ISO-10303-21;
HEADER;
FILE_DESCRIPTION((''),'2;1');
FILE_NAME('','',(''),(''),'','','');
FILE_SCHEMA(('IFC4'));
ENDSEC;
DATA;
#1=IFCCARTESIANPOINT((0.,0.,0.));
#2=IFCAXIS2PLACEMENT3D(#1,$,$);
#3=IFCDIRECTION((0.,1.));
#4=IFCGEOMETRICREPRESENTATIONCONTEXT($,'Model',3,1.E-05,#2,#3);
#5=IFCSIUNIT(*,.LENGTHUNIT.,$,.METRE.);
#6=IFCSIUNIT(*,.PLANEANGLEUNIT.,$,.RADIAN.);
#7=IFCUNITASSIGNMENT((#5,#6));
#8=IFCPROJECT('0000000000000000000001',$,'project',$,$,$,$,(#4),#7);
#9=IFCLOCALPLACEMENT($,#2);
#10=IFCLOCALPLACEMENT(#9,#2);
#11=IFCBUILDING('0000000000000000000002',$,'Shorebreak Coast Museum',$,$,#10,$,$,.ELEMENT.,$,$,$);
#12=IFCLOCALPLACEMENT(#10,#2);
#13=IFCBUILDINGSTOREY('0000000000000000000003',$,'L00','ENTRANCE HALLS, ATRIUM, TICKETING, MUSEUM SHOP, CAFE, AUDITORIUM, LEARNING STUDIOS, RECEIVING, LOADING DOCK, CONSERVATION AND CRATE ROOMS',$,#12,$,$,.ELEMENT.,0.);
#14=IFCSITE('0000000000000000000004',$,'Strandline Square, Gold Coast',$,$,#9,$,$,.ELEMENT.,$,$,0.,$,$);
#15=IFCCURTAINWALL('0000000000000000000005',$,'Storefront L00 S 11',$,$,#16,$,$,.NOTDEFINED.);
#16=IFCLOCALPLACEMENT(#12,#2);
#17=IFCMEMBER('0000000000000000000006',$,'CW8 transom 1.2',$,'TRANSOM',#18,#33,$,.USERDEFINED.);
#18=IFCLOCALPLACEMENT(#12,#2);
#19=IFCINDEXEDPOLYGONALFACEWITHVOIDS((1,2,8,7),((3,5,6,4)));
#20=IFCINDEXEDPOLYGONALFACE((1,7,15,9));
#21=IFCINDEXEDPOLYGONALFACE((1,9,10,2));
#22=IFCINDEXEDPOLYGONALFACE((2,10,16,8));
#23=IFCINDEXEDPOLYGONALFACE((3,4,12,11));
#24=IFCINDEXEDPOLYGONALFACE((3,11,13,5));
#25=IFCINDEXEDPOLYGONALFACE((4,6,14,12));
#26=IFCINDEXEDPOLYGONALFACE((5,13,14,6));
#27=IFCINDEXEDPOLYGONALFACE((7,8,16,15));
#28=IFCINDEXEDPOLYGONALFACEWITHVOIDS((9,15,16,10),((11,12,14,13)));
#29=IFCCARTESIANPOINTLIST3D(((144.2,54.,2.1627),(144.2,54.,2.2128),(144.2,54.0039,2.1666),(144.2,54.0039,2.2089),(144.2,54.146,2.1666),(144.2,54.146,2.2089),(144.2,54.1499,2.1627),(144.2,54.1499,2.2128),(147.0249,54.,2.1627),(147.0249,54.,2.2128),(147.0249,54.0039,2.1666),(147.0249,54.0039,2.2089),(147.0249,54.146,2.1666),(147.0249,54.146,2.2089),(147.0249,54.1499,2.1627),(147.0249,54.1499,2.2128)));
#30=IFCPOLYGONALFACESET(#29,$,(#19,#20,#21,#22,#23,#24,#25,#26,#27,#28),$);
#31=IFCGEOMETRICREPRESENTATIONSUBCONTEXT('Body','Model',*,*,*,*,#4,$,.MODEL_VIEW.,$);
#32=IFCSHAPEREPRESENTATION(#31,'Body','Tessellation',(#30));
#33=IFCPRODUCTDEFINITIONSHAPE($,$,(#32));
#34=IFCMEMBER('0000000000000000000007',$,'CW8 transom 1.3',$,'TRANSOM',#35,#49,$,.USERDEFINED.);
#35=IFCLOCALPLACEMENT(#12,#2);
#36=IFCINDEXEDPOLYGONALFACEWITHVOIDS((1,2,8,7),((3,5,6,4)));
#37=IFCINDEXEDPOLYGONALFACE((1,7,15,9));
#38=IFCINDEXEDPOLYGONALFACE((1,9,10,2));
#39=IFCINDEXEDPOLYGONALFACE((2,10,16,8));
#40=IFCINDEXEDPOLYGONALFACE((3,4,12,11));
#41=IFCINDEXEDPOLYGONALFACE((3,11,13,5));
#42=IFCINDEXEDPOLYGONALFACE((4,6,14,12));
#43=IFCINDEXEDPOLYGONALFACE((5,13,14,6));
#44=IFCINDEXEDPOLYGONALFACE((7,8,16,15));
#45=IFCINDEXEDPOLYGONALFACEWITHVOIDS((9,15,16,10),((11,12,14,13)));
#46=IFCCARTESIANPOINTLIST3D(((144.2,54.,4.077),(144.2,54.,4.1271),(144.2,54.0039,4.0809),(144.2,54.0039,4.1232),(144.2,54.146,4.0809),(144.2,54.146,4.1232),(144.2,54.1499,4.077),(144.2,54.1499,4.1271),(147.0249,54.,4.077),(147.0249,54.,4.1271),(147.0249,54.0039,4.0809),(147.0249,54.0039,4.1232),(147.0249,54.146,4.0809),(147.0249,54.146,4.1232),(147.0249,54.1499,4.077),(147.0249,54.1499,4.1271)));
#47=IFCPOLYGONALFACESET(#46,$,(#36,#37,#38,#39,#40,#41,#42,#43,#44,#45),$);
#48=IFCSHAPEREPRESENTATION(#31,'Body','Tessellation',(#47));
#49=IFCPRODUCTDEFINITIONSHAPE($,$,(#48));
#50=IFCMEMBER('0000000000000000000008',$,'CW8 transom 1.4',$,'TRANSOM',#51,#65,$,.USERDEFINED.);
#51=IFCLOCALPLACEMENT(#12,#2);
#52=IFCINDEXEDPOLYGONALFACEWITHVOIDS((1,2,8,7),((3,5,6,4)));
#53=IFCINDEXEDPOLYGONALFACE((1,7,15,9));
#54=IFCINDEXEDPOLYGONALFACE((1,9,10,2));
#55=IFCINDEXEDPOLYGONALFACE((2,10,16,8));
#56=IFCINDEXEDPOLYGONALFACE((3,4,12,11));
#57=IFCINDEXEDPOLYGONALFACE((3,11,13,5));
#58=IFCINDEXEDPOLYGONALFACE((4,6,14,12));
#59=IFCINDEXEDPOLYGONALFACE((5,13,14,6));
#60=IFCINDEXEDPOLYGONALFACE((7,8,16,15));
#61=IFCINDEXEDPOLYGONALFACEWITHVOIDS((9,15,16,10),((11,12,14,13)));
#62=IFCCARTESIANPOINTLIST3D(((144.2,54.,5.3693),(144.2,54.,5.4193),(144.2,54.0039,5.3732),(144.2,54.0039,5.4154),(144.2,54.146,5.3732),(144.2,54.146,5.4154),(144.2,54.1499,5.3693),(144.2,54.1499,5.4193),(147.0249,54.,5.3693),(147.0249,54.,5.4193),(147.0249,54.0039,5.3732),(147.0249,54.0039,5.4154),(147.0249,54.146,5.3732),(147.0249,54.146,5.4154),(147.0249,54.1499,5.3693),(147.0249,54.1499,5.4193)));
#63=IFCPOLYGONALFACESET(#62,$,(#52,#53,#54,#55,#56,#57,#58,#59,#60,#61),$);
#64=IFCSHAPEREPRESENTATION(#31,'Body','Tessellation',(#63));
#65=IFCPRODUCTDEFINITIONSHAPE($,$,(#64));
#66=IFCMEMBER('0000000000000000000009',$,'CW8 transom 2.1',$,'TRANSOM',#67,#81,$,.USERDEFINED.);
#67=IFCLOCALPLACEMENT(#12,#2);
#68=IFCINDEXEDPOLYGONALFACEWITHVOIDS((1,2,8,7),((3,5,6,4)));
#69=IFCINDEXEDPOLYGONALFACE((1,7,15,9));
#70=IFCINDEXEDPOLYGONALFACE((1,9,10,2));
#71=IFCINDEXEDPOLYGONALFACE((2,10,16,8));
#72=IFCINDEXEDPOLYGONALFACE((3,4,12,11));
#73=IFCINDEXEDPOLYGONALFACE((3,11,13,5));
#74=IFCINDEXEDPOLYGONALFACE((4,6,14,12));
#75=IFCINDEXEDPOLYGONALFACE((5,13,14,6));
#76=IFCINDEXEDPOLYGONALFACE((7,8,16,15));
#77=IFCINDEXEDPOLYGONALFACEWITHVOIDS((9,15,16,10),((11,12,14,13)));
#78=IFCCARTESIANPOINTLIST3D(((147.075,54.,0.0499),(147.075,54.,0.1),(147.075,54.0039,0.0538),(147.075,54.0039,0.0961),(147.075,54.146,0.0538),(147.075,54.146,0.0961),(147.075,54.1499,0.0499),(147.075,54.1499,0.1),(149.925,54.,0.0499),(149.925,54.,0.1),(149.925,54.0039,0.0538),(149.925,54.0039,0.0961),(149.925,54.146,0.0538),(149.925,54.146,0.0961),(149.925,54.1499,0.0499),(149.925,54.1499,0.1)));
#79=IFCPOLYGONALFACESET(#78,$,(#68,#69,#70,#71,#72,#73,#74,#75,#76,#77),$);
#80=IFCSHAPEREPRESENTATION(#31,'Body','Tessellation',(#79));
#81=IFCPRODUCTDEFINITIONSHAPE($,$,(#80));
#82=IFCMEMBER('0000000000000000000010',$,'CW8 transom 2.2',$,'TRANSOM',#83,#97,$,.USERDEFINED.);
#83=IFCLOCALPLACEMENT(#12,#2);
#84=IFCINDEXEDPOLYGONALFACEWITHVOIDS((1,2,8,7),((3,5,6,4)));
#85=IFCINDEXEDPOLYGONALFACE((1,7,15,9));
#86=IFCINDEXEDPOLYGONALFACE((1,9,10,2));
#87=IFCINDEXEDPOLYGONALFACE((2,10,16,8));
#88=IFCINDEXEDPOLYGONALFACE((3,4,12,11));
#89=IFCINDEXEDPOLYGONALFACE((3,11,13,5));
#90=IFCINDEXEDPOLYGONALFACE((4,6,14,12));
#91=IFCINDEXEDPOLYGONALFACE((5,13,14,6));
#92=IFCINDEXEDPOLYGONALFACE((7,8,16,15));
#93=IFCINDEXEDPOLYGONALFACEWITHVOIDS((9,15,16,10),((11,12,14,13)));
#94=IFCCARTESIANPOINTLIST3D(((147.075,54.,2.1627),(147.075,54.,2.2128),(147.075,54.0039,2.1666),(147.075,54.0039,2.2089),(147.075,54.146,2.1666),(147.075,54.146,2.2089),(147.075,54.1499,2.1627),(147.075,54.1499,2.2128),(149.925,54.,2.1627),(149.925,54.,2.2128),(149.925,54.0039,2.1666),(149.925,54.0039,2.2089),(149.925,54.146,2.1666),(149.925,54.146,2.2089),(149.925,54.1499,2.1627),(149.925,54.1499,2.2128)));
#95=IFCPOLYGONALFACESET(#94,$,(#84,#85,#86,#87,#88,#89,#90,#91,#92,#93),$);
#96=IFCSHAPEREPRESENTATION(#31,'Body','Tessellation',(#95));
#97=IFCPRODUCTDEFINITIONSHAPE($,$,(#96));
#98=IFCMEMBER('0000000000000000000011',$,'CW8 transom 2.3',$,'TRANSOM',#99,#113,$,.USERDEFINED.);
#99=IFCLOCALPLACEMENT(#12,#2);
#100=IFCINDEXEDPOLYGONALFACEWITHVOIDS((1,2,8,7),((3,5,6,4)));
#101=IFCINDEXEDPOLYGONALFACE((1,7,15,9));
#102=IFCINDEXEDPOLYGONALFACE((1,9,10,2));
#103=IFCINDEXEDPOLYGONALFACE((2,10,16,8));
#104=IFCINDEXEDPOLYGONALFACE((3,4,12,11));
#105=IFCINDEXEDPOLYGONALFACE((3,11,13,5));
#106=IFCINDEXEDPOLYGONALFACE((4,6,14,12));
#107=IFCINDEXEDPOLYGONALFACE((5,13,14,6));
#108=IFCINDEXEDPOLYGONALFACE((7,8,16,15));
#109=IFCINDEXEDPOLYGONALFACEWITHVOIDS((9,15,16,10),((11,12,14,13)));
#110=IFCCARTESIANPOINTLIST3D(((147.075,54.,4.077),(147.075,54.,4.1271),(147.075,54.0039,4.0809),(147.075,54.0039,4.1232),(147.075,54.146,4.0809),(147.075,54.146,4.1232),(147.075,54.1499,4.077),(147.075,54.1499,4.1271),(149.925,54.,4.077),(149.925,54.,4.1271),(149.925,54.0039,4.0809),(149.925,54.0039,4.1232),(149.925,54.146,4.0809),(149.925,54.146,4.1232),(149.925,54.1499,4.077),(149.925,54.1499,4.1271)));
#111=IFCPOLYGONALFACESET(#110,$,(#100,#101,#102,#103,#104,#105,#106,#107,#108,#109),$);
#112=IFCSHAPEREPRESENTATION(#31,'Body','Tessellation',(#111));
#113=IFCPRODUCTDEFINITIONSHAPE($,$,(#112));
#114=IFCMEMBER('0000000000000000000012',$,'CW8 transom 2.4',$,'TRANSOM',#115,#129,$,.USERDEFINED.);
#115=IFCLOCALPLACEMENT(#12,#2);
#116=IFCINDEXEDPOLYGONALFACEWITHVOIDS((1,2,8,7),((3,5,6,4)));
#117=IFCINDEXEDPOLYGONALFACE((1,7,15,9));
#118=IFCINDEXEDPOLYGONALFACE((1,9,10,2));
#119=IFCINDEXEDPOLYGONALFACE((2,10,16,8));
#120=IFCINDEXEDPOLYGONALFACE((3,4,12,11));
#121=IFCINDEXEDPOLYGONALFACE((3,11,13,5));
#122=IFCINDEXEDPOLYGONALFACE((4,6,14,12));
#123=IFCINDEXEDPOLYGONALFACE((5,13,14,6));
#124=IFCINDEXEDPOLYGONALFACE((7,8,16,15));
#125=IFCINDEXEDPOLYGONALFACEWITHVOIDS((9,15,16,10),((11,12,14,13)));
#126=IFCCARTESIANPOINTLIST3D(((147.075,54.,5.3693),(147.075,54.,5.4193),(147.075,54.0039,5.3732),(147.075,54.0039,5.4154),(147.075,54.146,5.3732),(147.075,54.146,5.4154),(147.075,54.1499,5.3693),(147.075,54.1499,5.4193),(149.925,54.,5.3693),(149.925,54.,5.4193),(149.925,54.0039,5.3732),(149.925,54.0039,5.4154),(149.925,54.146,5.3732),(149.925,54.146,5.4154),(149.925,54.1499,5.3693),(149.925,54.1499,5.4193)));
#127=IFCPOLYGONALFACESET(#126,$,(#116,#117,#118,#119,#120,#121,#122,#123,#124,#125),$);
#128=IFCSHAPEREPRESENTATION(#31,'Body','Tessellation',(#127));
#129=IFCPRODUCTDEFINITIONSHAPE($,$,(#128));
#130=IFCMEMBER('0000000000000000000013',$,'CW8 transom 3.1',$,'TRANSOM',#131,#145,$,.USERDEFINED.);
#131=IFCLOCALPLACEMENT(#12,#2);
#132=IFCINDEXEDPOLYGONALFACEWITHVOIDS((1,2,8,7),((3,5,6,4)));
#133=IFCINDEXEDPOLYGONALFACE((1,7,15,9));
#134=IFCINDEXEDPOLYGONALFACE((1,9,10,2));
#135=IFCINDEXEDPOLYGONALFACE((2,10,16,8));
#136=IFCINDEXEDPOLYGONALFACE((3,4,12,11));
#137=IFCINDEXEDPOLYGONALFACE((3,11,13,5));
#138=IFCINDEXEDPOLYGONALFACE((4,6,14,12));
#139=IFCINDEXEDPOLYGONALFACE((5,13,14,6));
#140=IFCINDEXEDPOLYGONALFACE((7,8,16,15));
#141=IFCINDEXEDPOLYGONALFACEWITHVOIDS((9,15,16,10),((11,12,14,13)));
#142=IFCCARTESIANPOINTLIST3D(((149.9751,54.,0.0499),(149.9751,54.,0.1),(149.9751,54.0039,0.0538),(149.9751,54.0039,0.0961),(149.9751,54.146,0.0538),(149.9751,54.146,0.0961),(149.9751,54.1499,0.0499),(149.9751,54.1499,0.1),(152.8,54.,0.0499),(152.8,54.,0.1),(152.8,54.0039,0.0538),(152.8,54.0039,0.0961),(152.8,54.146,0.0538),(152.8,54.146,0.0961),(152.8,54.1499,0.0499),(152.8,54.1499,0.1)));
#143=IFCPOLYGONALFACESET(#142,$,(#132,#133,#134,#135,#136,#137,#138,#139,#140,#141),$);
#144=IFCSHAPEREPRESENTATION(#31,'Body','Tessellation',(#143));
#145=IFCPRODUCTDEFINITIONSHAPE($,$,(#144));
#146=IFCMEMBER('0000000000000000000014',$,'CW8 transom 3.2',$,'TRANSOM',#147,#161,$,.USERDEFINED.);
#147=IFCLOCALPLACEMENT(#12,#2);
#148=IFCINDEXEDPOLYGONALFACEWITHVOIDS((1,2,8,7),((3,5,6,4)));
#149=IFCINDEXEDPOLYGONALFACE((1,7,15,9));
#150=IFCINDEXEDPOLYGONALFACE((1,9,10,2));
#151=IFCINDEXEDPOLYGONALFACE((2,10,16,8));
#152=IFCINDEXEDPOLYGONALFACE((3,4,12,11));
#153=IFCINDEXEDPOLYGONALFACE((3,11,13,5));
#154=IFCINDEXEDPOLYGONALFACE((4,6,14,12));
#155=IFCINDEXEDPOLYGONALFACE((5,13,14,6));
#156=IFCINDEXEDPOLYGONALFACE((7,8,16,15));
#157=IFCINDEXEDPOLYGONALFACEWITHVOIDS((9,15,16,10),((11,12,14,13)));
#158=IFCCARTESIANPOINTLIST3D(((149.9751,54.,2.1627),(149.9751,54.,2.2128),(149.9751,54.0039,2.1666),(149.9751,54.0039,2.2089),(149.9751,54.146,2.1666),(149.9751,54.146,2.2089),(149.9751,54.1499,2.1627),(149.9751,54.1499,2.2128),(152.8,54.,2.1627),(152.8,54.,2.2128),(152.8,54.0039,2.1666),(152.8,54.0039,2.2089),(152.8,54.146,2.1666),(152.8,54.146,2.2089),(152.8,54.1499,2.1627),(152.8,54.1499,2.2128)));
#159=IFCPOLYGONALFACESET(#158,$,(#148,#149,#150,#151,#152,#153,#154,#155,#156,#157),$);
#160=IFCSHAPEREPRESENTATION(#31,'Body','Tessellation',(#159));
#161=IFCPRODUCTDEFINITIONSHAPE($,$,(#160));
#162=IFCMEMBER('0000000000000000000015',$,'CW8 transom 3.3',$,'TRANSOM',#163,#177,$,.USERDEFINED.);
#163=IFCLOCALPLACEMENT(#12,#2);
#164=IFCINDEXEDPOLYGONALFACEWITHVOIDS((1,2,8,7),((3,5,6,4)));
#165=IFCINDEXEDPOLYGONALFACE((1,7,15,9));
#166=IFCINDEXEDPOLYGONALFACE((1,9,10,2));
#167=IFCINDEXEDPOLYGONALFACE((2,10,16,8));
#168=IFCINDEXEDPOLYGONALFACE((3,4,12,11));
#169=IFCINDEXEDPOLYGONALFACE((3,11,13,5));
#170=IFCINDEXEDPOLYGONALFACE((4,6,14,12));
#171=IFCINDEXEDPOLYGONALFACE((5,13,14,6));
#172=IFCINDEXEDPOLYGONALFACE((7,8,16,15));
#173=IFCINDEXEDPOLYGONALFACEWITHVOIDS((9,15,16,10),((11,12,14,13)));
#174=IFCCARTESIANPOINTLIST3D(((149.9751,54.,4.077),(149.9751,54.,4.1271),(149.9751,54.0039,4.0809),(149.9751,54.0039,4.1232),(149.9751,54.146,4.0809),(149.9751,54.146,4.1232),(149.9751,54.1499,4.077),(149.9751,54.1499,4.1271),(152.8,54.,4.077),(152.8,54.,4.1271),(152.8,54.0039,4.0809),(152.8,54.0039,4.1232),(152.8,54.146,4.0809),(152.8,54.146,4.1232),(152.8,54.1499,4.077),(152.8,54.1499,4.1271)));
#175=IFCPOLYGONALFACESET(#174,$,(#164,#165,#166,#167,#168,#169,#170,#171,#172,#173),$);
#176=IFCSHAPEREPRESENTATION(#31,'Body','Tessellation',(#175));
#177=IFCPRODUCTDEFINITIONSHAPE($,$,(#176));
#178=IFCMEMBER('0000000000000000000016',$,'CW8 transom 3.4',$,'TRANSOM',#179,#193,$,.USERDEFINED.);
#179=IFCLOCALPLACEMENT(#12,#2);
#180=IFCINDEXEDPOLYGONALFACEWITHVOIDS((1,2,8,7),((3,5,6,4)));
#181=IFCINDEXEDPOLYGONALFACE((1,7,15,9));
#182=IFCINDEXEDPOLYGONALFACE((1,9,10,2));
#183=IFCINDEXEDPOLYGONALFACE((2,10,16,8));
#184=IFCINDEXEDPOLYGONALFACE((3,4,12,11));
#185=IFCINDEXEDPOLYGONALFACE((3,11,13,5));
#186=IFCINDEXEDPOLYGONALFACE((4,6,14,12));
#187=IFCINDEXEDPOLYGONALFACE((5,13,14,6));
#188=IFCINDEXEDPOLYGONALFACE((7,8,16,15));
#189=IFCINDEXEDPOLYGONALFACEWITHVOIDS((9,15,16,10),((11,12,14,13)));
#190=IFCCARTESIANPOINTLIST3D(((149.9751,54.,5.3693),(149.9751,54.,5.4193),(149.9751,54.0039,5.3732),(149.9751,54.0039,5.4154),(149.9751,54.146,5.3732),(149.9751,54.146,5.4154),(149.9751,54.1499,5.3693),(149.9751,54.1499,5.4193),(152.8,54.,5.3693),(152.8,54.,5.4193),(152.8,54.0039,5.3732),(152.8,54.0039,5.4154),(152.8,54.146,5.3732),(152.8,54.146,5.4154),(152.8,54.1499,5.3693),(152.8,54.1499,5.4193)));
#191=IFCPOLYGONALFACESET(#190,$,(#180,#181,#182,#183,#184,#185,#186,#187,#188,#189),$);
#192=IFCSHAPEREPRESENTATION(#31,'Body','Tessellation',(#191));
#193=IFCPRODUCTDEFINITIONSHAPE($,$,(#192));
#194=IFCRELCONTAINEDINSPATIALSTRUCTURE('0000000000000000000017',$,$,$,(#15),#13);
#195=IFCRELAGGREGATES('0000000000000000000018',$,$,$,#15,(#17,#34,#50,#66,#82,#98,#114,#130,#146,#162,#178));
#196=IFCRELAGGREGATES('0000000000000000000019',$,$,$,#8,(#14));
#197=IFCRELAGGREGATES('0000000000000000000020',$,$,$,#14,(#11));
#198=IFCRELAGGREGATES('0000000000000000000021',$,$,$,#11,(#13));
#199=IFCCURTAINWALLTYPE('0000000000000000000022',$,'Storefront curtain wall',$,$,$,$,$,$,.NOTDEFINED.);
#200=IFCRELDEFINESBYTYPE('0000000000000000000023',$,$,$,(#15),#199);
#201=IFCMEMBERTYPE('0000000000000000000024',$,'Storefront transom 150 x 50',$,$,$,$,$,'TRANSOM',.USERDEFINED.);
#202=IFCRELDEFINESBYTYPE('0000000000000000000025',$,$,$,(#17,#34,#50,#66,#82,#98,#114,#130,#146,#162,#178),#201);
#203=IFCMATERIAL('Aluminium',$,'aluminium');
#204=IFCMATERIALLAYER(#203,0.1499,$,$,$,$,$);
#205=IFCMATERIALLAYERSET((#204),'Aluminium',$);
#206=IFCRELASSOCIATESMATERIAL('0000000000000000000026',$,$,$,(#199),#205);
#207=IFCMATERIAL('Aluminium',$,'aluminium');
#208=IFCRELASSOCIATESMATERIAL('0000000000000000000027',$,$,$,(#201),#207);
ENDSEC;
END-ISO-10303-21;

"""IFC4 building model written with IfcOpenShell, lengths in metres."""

from ifc_helpers import new_model, si_unit, direction, frame, origin, origin_2d, place, context, subcontext, project, spatial, hollow_rectangle, extrude, material, layer, layer_set, material_profile, profile_set, type_object, element, aggregate, save


model = new_model("IFC4")

# Units and contexts
model_context = context("Model", 3, precision=1e-05, world=origin(), true_north=direction((0.0, 1.0)))
body_context = subcontext(model_context, "Body", "Model", "MODEL_VIEW")
ifc_project = project(units=[si_unit("LENGTHUNIT", "METRE"), si_unit("PLANEANGLEUNIT", "RADIAN")], contexts=[model_context])

# Site, building, storey
site_placement = place(None, origin())
site = spatial("IfcSite", under=ifc_project, at=site_placement, Name="Strandline Square, Gold Coast", CompositionType="ELEMENT", RefElevation=0.0)
building_placement = place(site_placement, origin())
building = spatial("IfcBuilding", under=site, at=building_placement, Name="Shorebreak Coast Museum", CompositionType="ELEMENT")
storey_placement = place(building_placement, origin())
storey = spatial("IfcBuildingStorey", under=building, at=storey_placement, Name="L00", Description="ENTRANCE HALLS, ATRIUM, TICKETING, MUSEUM SHOP, CAFE, AUDITORIUM, LEARNING STUDIOS, RECEIVING, LOADING DOCK, CONSERVATION AND CRATE ROOMS", CompositionType="ELEMENT", Elevation=0.0)

# Curtain wall, members
ifc_material_1 = material(Name="Aluminium", Category="aluminium")
ifc_layer_1 = layer(ifc_material_1, 0.1499)
ifc_layer_set_1 = layer_set([ifc_layer_1], Name="Aluminium")
curtain_wall_type = type_object("IfcCurtainWallType", Name="Storefront curtain wall", PredefinedType="NOTDEFINED", material=ifc_layer_set_1)
curtain_wall_placement = place(storey_placement, origin())
curtain_wall = element("IfcCurtainWall", 1, at=curtain_wall_placement, inside=storey, type_object=curtain_wall_type, Name="Storefront L00 S 11", PredefinedType="NOTDEFINED")
ifc_material_2 = material(Name="Aluminium", Category="aluminium")
ifc_material_profile_1 = material_profile(ifc_material_2, hollow_rectangle(XDim=0.1499, YDim=0.05, WallThickness=0.0039, at=origin_2d()), Name="AL 50x150 RHS")
ifc_profile_set_1 = profile_set([ifc_material_profile_1], Name="Aluminium")
member_type_1 = type_object("IfcMemberType", Name="Storefront transom 150 x 50", ElementType="TRANSOM", PredefinedType="USERDEFINED", material=ifc_profile_set_1)
member_1_placement = place(storey_placement, frame((144.2, 54.075, 2.1877), z_axis=(1.0, 0.0, 0.0), x_axis=(0.0, 1.0, 0.0)))
member_1 = element("IfcMember", 2, at=member_1_placement, type_object=member_type_1, Name="CW8 transom 1.2", ObjectType="TRANSOM", PredefinedType="USERDEFINED", context=body_context, shape_type="SweptSolid", body=[
    extrude(hollow_rectangle(XDim=0.1499, YDim=0.05, WallThickness=0.0039, at=origin_2d()), origin(), (0.0, 0.0, 1.0), 2.825),
])
member_2_placement = place(storey_placement, frame((144.2, 54.075, 4.1021), z_axis=(1.0, 0.0, 0.0), x_axis=(0.0, 1.0, 0.0)))
member_2 = element("IfcMember", 3, at=member_2_placement, type_object=member_type_1, Name="CW8 transom 1.3", ObjectType="TRANSOM", PredefinedType="USERDEFINED", context=body_context, shape_type="SweptSolid", body=[
    extrude(hollow_rectangle(XDim=0.1499, YDim=0.05, WallThickness=0.0039, at=origin_2d()), origin(), (0.0, 0.0, 1.0), 2.825),
])
member_3_placement = place(storey_placement, frame((144.2, 54.075, 5.3943), z_axis=(1.0, 0.0, 0.0), x_axis=(0.0, 1.0, 0.0)))
member_3 = element("IfcMember", 4, at=member_3_placement, type_object=member_type_1, Name="CW8 transom 1.4", ObjectType="TRANSOM", PredefinedType="USERDEFINED", context=body_context, shape_type="SweptSolid", body=[
    extrude(hollow_rectangle(XDim=0.1499, YDim=0.05, WallThickness=0.0039, at=origin_2d()), origin(), (0.0, 0.0, 1.0), 2.825),
])
member_4_placement = place(storey_placement, frame((147.075, 54.075, 0.075), z_axis=(1.0, 0.0, 0.0), x_axis=(0.0, 1.0, 0.0)))
member_4 = element("IfcMember", 5, at=member_4_placement, type_object=member_type_1, Name="CW8 transom 2.1", ObjectType="TRANSOM", PredefinedType="USERDEFINED", context=body_context, shape_type="SweptSolid", body=[
    extrude(hollow_rectangle(XDim=0.1499, YDim=0.05, WallThickness=0.0039, at=origin_2d()), origin(), (0.0, 0.0, 1.0), 2.8501),
])
member_5_placement = place(storey_placement, frame((147.075, 54.075, 2.1877), z_axis=(1.0, 0.0, 0.0), x_axis=(0.0, 1.0, 0.0)))
member_5 = element("IfcMember", 6, at=member_5_placement, type_object=member_type_1, Name="CW8 transom 2.2", ObjectType="TRANSOM", PredefinedType="USERDEFINED", context=body_context, shape_type="SweptSolid", body=[
    extrude(hollow_rectangle(XDim=0.1499, YDim=0.05, WallThickness=0.0039, at=origin_2d()), origin(), (0.0, 0.0, 1.0), 2.8501),
])
member_6_placement = place(storey_placement, frame((147.075, 54.075, 4.1021), z_axis=(1.0, 0.0, 0.0), x_axis=(0.0, 1.0, 0.0)))
member_6 = element("IfcMember", 7, at=member_6_placement, type_object=member_type_1, Name="CW8 transom 2.3", ObjectType="TRANSOM", PredefinedType="USERDEFINED", context=body_context, shape_type="SweptSolid", body=[
    extrude(hollow_rectangle(XDim=0.1499, YDim=0.05, WallThickness=0.0039, at=origin_2d()), origin(), (0.0, 0.0, 1.0), 2.8501),
])
member_7_placement = place(storey_placement, frame((147.075, 54.075, 5.3943), z_axis=(1.0, 0.0, 0.0), x_axis=(0.0, 1.0, 0.0)))
member_7 = element("IfcMember", 8, at=member_7_placement, type_object=member_type_1, Name="CW8 transom 2.4", ObjectType="TRANSOM", PredefinedType="USERDEFINED", context=body_context, shape_type="SweptSolid", body=[
    extrude(hollow_rectangle(XDim=0.1499, YDim=0.05, WallThickness=0.0039, at=origin_2d()), origin(), (0.0, 0.0, 1.0), 2.8501),
])
member_8_placement = place(storey_placement, frame((149.9751, 54.075, 0.075), z_axis=(1.0, 0.0, 0.0), x_axis=(0.0, 1.0, 0.0)))
member_8 = element("IfcMember", 9, at=member_8_placement, type_object=member_type_1, Name="CW8 transom 3.1", ObjectType="TRANSOM", PredefinedType="USERDEFINED", context=body_context, shape_type="SweptSolid", body=[
    extrude(hollow_rectangle(XDim=0.1499, YDim=0.05, WallThickness=0.0039, at=origin_2d()), origin(), (0.0, 0.0, 1.0), 2.825),
])
member_9_placement = place(storey_placement, frame((149.9751, 54.075, 2.1877), z_axis=(1.0, 0.0, 0.0), x_axis=(0.0, 1.0, 0.0)))
member_9 = element("IfcMember", 10, at=member_9_placement, type_object=member_type_1, Name="CW8 transom 3.2", ObjectType="TRANSOM", PredefinedType="USERDEFINED", context=body_context, shape_type="SweptSolid", body=[
    extrude(hollow_rectangle(XDim=0.1499, YDim=0.05, WallThickness=0.0039, at=origin_2d()), origin(), (0.0, 0.0, 1.0), 2.825),
])
member_10_placement = place(storey_placement, frame((149.9751, 54.075, 4.1021), z_axis=(1.0, 0.0, 0.0), x_axis=(0.0, 1.0, 0.0)))
member_10 = element("IfcMember", 11, at=member_10_placement, type_object=member_type_1, Name="CW8 transom 3.3", ObjectType="TRANSOM", PredefinedType="USERDEFINED", context=body_context, shape_type="SweptSolid", body=[
    extrude(hollow_rectangle(XDim=0.1499, YDim=0.05, WallThickness=0.0039, at=origin_2d()), origin(), (0.0, 0.0, 1.0), 2.825),
])
member_11_placement = place(storey_placement, frame((149.9751, 54.075, 5.3943), z_axis=(1.0, 0.0, 0.0), x_axis=(0.0, 1.0, 0.0)))
member_11 = element("IfcMember", 12, at=member_11_placement, type_object=member_type_1, Name="CW8 transom 3.4", ObjectType="TRANSOM", PredefinedType="USERDEFINED", context=body_context, shape_type="SweptSolid", body=[
    extrude(hollow_rectangle(XDim=0.1499, YDim=0.05, WallThickness=0.0039, at=origin_2d()), origin(), (0.0, 0.0, 1.0), 2.825),
])
aggregate(curtain_wall, [member_1, member_2, member_3, member_4, member_5, member_6, member_7, member_8, member_9, member_10, member_11])

save(model, "model.ifc")
